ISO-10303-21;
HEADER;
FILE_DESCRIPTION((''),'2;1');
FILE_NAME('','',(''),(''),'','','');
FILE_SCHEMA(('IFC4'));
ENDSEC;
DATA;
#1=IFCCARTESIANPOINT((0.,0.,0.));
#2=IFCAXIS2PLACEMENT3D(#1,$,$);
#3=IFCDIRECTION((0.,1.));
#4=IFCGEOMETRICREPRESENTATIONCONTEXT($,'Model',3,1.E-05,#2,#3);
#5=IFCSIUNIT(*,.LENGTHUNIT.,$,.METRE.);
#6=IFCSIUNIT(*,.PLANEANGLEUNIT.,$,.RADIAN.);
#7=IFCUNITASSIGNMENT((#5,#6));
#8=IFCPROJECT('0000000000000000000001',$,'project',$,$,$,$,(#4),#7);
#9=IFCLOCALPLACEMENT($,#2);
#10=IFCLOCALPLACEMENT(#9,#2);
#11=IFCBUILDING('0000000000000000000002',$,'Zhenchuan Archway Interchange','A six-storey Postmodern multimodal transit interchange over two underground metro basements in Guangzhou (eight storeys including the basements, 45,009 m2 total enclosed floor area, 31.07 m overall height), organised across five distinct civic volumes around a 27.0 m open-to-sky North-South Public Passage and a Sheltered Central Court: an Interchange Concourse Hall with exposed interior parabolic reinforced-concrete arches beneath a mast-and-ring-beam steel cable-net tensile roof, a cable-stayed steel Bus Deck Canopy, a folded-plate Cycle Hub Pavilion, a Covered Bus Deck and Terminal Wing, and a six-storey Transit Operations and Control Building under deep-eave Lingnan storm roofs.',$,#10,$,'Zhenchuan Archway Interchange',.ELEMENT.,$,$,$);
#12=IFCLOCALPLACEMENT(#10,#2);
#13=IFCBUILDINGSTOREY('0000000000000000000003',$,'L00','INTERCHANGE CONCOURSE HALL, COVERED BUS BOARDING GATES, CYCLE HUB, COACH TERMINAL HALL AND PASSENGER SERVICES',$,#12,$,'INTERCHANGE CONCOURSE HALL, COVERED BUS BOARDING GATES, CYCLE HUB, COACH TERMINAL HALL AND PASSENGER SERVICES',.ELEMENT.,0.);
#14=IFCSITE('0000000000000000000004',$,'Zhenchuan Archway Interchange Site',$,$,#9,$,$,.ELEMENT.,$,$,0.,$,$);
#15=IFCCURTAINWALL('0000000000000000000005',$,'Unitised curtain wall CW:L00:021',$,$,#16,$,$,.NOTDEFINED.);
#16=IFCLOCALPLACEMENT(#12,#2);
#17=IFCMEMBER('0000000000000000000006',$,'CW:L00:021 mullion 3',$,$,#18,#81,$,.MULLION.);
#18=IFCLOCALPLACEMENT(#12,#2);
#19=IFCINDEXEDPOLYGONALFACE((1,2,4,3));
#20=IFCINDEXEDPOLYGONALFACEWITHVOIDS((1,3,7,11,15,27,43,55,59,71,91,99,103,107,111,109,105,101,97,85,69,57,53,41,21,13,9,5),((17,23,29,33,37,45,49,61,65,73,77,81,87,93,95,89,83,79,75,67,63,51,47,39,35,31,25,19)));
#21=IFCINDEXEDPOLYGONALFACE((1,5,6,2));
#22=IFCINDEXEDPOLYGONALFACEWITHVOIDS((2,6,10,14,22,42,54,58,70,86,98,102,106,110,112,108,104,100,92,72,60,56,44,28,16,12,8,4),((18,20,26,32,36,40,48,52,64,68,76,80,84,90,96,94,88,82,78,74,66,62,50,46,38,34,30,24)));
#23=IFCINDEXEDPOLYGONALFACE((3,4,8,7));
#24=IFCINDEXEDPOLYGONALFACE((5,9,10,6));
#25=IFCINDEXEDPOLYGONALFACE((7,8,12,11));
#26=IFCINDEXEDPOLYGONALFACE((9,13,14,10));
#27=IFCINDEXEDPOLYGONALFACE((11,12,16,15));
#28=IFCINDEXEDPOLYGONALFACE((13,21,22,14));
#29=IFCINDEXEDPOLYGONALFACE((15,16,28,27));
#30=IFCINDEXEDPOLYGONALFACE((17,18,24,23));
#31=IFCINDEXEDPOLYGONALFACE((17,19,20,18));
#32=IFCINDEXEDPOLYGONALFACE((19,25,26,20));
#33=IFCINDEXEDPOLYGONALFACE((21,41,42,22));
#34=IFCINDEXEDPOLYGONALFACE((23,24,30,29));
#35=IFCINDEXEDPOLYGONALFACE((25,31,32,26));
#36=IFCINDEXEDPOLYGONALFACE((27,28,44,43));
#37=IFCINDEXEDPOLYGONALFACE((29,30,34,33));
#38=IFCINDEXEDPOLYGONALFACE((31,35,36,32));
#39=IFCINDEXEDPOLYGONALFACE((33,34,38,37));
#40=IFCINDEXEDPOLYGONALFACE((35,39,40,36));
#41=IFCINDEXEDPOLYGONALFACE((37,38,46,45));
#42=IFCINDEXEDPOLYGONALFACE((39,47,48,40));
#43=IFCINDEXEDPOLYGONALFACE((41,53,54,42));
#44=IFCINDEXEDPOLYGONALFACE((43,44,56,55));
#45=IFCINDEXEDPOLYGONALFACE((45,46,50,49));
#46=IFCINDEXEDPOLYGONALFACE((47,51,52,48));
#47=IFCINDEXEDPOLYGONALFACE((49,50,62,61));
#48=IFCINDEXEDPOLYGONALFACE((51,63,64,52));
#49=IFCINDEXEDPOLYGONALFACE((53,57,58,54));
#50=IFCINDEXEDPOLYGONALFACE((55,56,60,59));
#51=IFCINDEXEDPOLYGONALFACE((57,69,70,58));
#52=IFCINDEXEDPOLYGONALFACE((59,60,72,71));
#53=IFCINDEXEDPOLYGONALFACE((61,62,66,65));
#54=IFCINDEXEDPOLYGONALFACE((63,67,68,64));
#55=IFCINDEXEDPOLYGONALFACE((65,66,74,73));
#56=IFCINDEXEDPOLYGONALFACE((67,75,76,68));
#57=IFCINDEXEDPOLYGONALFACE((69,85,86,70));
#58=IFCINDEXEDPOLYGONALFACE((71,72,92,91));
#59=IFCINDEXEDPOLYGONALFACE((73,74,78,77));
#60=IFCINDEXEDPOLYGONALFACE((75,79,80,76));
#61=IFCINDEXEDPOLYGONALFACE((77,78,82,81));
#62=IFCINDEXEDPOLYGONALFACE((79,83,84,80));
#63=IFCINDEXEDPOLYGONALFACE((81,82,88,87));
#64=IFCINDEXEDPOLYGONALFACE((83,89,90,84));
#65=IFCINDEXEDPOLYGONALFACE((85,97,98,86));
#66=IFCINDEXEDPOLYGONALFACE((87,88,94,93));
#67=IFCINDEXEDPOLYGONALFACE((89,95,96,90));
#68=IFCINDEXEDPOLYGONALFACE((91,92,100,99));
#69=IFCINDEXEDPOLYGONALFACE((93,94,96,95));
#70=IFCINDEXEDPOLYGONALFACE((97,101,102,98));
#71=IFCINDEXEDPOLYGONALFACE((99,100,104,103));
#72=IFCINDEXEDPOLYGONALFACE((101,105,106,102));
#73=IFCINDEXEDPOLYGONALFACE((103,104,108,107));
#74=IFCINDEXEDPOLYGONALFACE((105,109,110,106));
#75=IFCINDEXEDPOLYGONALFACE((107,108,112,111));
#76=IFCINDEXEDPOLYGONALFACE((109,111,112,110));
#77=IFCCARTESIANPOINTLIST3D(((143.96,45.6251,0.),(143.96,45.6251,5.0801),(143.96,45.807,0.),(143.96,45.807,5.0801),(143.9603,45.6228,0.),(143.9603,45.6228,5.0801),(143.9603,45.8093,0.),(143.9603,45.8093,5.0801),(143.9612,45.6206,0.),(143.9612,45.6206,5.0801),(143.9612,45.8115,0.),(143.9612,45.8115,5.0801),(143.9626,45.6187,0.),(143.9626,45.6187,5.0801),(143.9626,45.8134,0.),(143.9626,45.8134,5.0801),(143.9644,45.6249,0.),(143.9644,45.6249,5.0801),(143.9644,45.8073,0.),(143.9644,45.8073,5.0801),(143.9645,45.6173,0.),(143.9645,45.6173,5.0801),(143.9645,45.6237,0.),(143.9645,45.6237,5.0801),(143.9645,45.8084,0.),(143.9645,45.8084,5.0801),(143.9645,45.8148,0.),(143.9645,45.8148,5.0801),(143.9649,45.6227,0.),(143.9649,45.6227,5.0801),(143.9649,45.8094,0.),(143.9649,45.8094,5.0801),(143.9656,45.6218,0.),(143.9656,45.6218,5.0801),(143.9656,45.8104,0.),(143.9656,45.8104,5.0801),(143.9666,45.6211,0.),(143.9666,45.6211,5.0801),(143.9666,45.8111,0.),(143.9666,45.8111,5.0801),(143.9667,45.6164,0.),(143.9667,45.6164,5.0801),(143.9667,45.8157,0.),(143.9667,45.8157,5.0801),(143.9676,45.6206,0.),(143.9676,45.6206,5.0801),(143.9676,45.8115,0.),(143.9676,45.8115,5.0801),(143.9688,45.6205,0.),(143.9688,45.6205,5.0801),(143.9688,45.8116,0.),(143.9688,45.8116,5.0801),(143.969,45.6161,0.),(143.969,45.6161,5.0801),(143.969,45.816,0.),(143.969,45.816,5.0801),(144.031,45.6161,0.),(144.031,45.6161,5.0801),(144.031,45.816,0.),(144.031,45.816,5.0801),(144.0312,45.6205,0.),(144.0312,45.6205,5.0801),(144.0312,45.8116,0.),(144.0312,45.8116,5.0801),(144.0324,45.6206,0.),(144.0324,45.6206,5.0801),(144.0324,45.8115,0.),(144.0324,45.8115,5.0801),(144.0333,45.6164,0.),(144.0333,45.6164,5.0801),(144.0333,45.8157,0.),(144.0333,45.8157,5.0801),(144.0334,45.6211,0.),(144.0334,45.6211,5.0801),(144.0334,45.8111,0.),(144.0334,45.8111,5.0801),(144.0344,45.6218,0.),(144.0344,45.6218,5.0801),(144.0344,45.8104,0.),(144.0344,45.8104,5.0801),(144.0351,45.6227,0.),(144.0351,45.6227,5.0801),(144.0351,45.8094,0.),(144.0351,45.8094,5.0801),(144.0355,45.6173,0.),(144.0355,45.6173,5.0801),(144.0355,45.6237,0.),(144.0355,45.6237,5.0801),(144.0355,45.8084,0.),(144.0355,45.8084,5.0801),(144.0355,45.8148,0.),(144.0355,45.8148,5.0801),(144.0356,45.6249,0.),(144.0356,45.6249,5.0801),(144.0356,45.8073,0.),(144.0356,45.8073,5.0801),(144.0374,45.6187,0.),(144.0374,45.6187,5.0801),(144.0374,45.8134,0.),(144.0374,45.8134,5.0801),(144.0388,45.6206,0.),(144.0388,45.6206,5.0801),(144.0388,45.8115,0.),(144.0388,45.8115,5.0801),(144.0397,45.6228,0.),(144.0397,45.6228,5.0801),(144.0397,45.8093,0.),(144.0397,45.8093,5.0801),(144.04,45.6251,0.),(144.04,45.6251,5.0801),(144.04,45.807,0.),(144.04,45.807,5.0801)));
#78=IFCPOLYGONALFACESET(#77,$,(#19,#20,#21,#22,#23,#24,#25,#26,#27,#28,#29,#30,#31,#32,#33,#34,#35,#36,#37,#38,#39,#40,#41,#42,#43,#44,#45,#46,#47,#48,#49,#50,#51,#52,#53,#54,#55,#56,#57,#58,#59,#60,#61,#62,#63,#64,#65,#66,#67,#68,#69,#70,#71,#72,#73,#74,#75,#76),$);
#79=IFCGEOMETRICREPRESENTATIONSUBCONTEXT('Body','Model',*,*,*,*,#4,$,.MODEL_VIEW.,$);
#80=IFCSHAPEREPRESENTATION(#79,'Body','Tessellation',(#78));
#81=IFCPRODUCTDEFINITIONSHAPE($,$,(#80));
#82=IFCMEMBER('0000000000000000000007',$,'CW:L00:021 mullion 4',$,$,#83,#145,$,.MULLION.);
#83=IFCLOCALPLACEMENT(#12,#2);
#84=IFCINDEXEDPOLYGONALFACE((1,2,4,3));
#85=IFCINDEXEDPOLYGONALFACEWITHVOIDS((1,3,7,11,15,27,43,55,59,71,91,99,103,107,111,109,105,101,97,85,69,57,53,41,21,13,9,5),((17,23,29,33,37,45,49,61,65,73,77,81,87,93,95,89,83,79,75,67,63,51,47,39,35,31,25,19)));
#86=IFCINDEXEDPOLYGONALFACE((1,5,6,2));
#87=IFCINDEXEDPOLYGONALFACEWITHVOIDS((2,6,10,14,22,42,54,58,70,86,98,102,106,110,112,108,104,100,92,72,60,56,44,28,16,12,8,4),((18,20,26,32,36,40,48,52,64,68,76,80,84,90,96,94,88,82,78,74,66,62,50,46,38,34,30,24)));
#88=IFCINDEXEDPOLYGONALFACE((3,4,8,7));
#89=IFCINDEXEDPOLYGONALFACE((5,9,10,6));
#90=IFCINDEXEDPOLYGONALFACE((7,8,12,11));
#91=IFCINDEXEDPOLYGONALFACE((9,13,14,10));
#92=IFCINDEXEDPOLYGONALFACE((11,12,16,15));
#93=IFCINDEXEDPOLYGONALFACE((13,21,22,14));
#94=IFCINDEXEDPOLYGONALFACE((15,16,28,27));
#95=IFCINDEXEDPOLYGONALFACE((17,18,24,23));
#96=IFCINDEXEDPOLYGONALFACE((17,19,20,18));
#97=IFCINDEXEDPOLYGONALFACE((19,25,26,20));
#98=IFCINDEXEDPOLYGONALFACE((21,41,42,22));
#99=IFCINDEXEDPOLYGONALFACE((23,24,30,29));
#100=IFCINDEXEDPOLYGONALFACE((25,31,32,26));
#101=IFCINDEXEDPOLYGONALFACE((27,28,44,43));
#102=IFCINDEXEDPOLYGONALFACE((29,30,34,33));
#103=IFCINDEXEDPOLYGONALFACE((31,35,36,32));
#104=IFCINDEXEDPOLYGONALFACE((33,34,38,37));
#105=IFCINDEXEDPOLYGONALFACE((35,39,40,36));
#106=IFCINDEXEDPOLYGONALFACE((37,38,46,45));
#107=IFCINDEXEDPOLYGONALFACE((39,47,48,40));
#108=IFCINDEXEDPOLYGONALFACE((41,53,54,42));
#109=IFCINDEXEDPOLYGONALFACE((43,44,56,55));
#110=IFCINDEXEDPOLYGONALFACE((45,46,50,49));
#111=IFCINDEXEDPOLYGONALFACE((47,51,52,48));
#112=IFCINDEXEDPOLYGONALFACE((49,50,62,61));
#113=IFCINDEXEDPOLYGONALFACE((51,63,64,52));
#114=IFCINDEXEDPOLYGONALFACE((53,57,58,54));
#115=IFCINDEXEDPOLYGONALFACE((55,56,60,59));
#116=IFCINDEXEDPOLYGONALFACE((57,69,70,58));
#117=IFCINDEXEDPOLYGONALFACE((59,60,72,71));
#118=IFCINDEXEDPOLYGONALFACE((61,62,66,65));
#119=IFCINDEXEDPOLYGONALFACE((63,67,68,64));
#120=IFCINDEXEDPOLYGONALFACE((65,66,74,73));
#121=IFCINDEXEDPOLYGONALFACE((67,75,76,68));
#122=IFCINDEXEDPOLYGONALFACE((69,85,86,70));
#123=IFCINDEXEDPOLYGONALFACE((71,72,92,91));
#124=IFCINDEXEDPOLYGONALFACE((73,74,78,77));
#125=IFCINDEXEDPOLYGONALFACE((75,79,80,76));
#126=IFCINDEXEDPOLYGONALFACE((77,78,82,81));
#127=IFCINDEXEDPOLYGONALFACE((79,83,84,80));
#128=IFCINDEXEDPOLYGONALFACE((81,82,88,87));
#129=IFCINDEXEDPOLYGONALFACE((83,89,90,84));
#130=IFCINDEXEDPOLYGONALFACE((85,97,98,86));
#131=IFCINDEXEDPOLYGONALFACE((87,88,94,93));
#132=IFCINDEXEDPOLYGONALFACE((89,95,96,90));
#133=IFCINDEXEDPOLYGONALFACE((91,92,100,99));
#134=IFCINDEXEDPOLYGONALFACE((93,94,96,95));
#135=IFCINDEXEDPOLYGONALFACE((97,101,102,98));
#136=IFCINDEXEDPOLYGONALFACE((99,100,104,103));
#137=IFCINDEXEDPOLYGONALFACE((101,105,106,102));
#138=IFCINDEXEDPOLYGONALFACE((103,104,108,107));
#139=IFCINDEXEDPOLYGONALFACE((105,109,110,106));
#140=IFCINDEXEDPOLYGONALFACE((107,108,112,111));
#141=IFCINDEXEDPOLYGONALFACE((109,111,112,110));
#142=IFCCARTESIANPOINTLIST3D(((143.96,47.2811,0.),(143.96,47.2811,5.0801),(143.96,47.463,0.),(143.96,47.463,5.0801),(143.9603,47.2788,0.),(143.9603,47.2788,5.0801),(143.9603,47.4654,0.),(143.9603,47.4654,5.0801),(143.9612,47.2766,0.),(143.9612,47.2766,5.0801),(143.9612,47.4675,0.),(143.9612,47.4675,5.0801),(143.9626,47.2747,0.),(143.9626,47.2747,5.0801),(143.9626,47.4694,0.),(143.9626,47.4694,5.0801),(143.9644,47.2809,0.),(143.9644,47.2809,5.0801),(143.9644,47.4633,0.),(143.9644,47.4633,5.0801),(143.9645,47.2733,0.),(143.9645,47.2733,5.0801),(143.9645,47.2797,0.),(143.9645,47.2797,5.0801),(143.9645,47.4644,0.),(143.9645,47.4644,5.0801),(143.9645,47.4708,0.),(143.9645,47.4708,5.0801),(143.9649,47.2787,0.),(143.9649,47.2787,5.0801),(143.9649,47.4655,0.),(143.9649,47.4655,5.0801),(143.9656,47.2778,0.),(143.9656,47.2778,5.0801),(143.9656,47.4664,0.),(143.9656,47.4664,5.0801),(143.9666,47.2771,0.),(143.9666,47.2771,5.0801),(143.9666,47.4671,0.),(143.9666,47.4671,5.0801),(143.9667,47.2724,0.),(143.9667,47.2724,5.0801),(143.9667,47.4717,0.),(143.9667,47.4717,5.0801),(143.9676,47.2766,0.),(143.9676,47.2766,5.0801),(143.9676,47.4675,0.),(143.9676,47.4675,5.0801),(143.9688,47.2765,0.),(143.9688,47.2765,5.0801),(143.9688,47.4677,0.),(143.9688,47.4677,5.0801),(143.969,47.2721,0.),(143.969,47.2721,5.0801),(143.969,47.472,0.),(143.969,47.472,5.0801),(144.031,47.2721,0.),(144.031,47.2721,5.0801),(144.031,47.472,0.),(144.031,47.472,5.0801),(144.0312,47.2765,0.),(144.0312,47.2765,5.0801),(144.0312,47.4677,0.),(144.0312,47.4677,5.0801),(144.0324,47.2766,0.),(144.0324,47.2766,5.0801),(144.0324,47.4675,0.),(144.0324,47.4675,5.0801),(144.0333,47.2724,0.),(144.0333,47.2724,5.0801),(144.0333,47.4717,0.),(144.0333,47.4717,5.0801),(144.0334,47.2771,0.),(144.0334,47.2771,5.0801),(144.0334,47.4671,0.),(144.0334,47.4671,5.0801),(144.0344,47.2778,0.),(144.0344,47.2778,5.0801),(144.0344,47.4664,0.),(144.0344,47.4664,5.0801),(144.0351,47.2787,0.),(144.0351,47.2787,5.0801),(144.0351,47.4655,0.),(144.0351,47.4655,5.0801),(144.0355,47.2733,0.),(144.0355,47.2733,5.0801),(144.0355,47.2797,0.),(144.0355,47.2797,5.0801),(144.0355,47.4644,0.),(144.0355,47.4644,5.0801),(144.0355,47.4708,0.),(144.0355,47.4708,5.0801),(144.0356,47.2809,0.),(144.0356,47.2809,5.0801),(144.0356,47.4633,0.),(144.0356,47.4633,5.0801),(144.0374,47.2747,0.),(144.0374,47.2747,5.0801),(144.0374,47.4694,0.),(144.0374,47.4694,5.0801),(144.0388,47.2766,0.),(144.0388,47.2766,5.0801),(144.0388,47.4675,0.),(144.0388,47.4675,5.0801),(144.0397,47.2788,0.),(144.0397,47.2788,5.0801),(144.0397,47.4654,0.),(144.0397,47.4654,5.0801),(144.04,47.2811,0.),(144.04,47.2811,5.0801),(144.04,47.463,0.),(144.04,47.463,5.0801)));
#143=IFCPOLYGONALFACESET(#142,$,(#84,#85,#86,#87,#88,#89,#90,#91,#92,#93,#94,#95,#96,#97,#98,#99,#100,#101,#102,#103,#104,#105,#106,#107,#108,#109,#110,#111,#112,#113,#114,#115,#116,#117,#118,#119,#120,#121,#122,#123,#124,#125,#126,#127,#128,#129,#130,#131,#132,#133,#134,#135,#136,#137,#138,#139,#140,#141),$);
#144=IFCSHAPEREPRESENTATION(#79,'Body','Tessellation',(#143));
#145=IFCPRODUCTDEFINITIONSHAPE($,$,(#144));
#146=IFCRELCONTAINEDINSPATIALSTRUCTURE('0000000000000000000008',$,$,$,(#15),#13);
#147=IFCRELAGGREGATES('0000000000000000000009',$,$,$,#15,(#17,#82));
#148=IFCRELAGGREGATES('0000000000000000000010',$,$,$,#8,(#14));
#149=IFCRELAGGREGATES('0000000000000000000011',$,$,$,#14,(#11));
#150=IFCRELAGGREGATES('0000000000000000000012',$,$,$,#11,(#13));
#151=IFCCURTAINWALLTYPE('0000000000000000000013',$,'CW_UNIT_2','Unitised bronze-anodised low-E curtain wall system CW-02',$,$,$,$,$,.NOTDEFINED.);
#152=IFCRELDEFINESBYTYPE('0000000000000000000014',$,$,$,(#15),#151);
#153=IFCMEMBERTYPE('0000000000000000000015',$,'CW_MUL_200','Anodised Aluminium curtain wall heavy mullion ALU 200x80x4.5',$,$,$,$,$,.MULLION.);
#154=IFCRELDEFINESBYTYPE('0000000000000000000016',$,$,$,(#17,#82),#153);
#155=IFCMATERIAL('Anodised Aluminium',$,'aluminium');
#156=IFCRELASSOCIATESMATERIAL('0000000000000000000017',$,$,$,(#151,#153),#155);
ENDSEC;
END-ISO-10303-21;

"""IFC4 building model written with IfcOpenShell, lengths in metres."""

from ifc_helpers import new_model, si_unit, direction, frame, origin, origin_2d, place, context, subcontext, project, spatial, hollow_rectangle, extrude, material, material_profile, profile_set, type_object, element, aggregate, save


model = new_model("IFC4")

# Units and contexts
model_context = context("Model", 3, precision=1e-05, world=origin(), true_north=direction((0.0, 1.0)))
body_context = subcontext(model_context, "Body", "Model", "MODEL_VIEW")
ifc_project = project(units=[si_unit("LENGTHUNIT", "METRE"), si_unit("PLANEANGLEUNIT", "RADIAN")], contexts=[model_context])

# Site, building, storey
site_placement = place(None, origin())
site = spatial("IfcSite", under=ifc_project, at=site_placement, Name="Zhenchuan Archway Interchange Site", CompositionType="ELEMENT", RefElevation=0.0)
building_placement = place(site_placement, origin())
building = spatial("IfcBuilding", under=site, at=building_placement, Name="Zhenchuan Archway Interchange", Description="A six-storey Postmodern multimodal transit interchange over two underground metro basements in Guangzhou (eight storeys including the basements, 45,009 m2 total enclosed floor area, 31.07 m overall height), organised across five distinct civic volumes around a 27.0 m open-to-sky North-South Public Passage and a Sheltered Central Court: an Interchange Concourse Hall with exposed interior parabolic reinforced-concrete arches beneath a mast-and-ring-beam steel cable-net tensile roof, a cable-stayed steel Bus Deck Canopy, a folded-plate Cycle Hub Pavilion, a Covered Bus Deck and Terminal Wing, and a six-storey Transit Operations and Control Building under deep-eave Lingnan storm roofs.", LongName="Zhenchuan Archway Interchange", CompositionType="ELEMENT")
storey_placement = place(building_placement, origin())
storey = spatial("IfcBuildingStorey", under=building, at=storey_placement, Name="L00", Description="INTERCHANGE CONCOURSE HALL, COVERED BUS BOARDING GATES, CYCLE HUB, COACH TERMINAL HALL AND PASSENGER SERVICES", LongName="INTERCHANGE CONCOURSE HALL, COVERED BUS BOARDING GATES, CYCLE HUB, COACH TERMINAL HALL AND PASSENGER SERVICES", CompositionType="ELEMENT", Elevation=0.0)

# Curtain wall, members
ifc_material_1 = material(Name="Anodised Aluminium", Category="aluminium")
curtain_wall_type = type_object("IfcCurtainWallType", Name="CW_UNIT_2", Description="Unitised bronze-anodised low-E curtain wall system CW-02", PredefinedType="NOTDEFINED", material=ifc_material_1)
curtain_wall_placement = place(storey_placement, origin())
curtain_wall = element("IfcCurtainWall", 1, at=curtain_wall_placement, inside=storey, type_object=curtain_wall_type, Name="Unitised curtain wall CW:L00:021", PredefinedType="NOTDEFINED")
ifc_material_profile_1 = material_profile(ifc_material_1, hollow_rectangle(XDim=0.0801, YDim=0.2, WallThickness=0.0044, InnerFilletRadius=0.0044, OuterFilletRadius=0.009, at=origin_2d()), Name="ALU 200x80x4.5")
ifc_profile_set_1 = profile_set([ifc_material_profile_1], Name="Anodised Aluminium")
member_type_1 = type_object("IfcMemberType", Name="CW_MUL_200", Description="Anodised Aluminium curtain wall heavy mullion ALU 200x80x4.5", PredefinedType="MULLION", material=ifc_profile_set_1)
member_1_placement = place(storey_placement, frame((144.0, 45.7161, 0.0), z_axis=(0.0, 0.0, 1.0), x_axis=(1.0, 0.0, 0.0)))
member_1 = element("IfcMember", 2, at=member_1_placement, type_object=member_type_1, Name="CW:L00:021 mullion 3", PredefinedType="MULLION", context=body_context, shape_type="SweptSolid", body=[
    extrude(hollow_rectangle(XDim=0.0801, YDim=0.2, WallThickness=0.0044, InnerFilletRadius=0.0044, OuterFilletRadius=0.009, at=origin_2d()), origin(), (0.0, 0.0, 1.0), 5.0801),
])
member_2_placement = place(storey_placement, frame((144.0, 47.3721, 0.0), z_axis=(0.0, 0.0, 1.0), x_axis=(1.0, 0.0, 0.0)))
member_2 = element("IfcMember", 3, at=member_2_placement, type_object=member_type_1, Name="CW:L00:021 mullion 4", PredefinedType="MULLION", context=body_context, shape_type="SweptSolid", body=[
    extrude(hollow_rectangle(XDim=0.0801, YDim=0.2, WallThickness=0.0044, InnerFilletRadius=0.0044, OuterFilletRadius=0.009, at=origin_2d()), origin(), (0.0, 0.0, 1.0), 5.0801),
])
aggregate(curtain_wall, [member_1, member_2])

save(model, "model.ifc")
